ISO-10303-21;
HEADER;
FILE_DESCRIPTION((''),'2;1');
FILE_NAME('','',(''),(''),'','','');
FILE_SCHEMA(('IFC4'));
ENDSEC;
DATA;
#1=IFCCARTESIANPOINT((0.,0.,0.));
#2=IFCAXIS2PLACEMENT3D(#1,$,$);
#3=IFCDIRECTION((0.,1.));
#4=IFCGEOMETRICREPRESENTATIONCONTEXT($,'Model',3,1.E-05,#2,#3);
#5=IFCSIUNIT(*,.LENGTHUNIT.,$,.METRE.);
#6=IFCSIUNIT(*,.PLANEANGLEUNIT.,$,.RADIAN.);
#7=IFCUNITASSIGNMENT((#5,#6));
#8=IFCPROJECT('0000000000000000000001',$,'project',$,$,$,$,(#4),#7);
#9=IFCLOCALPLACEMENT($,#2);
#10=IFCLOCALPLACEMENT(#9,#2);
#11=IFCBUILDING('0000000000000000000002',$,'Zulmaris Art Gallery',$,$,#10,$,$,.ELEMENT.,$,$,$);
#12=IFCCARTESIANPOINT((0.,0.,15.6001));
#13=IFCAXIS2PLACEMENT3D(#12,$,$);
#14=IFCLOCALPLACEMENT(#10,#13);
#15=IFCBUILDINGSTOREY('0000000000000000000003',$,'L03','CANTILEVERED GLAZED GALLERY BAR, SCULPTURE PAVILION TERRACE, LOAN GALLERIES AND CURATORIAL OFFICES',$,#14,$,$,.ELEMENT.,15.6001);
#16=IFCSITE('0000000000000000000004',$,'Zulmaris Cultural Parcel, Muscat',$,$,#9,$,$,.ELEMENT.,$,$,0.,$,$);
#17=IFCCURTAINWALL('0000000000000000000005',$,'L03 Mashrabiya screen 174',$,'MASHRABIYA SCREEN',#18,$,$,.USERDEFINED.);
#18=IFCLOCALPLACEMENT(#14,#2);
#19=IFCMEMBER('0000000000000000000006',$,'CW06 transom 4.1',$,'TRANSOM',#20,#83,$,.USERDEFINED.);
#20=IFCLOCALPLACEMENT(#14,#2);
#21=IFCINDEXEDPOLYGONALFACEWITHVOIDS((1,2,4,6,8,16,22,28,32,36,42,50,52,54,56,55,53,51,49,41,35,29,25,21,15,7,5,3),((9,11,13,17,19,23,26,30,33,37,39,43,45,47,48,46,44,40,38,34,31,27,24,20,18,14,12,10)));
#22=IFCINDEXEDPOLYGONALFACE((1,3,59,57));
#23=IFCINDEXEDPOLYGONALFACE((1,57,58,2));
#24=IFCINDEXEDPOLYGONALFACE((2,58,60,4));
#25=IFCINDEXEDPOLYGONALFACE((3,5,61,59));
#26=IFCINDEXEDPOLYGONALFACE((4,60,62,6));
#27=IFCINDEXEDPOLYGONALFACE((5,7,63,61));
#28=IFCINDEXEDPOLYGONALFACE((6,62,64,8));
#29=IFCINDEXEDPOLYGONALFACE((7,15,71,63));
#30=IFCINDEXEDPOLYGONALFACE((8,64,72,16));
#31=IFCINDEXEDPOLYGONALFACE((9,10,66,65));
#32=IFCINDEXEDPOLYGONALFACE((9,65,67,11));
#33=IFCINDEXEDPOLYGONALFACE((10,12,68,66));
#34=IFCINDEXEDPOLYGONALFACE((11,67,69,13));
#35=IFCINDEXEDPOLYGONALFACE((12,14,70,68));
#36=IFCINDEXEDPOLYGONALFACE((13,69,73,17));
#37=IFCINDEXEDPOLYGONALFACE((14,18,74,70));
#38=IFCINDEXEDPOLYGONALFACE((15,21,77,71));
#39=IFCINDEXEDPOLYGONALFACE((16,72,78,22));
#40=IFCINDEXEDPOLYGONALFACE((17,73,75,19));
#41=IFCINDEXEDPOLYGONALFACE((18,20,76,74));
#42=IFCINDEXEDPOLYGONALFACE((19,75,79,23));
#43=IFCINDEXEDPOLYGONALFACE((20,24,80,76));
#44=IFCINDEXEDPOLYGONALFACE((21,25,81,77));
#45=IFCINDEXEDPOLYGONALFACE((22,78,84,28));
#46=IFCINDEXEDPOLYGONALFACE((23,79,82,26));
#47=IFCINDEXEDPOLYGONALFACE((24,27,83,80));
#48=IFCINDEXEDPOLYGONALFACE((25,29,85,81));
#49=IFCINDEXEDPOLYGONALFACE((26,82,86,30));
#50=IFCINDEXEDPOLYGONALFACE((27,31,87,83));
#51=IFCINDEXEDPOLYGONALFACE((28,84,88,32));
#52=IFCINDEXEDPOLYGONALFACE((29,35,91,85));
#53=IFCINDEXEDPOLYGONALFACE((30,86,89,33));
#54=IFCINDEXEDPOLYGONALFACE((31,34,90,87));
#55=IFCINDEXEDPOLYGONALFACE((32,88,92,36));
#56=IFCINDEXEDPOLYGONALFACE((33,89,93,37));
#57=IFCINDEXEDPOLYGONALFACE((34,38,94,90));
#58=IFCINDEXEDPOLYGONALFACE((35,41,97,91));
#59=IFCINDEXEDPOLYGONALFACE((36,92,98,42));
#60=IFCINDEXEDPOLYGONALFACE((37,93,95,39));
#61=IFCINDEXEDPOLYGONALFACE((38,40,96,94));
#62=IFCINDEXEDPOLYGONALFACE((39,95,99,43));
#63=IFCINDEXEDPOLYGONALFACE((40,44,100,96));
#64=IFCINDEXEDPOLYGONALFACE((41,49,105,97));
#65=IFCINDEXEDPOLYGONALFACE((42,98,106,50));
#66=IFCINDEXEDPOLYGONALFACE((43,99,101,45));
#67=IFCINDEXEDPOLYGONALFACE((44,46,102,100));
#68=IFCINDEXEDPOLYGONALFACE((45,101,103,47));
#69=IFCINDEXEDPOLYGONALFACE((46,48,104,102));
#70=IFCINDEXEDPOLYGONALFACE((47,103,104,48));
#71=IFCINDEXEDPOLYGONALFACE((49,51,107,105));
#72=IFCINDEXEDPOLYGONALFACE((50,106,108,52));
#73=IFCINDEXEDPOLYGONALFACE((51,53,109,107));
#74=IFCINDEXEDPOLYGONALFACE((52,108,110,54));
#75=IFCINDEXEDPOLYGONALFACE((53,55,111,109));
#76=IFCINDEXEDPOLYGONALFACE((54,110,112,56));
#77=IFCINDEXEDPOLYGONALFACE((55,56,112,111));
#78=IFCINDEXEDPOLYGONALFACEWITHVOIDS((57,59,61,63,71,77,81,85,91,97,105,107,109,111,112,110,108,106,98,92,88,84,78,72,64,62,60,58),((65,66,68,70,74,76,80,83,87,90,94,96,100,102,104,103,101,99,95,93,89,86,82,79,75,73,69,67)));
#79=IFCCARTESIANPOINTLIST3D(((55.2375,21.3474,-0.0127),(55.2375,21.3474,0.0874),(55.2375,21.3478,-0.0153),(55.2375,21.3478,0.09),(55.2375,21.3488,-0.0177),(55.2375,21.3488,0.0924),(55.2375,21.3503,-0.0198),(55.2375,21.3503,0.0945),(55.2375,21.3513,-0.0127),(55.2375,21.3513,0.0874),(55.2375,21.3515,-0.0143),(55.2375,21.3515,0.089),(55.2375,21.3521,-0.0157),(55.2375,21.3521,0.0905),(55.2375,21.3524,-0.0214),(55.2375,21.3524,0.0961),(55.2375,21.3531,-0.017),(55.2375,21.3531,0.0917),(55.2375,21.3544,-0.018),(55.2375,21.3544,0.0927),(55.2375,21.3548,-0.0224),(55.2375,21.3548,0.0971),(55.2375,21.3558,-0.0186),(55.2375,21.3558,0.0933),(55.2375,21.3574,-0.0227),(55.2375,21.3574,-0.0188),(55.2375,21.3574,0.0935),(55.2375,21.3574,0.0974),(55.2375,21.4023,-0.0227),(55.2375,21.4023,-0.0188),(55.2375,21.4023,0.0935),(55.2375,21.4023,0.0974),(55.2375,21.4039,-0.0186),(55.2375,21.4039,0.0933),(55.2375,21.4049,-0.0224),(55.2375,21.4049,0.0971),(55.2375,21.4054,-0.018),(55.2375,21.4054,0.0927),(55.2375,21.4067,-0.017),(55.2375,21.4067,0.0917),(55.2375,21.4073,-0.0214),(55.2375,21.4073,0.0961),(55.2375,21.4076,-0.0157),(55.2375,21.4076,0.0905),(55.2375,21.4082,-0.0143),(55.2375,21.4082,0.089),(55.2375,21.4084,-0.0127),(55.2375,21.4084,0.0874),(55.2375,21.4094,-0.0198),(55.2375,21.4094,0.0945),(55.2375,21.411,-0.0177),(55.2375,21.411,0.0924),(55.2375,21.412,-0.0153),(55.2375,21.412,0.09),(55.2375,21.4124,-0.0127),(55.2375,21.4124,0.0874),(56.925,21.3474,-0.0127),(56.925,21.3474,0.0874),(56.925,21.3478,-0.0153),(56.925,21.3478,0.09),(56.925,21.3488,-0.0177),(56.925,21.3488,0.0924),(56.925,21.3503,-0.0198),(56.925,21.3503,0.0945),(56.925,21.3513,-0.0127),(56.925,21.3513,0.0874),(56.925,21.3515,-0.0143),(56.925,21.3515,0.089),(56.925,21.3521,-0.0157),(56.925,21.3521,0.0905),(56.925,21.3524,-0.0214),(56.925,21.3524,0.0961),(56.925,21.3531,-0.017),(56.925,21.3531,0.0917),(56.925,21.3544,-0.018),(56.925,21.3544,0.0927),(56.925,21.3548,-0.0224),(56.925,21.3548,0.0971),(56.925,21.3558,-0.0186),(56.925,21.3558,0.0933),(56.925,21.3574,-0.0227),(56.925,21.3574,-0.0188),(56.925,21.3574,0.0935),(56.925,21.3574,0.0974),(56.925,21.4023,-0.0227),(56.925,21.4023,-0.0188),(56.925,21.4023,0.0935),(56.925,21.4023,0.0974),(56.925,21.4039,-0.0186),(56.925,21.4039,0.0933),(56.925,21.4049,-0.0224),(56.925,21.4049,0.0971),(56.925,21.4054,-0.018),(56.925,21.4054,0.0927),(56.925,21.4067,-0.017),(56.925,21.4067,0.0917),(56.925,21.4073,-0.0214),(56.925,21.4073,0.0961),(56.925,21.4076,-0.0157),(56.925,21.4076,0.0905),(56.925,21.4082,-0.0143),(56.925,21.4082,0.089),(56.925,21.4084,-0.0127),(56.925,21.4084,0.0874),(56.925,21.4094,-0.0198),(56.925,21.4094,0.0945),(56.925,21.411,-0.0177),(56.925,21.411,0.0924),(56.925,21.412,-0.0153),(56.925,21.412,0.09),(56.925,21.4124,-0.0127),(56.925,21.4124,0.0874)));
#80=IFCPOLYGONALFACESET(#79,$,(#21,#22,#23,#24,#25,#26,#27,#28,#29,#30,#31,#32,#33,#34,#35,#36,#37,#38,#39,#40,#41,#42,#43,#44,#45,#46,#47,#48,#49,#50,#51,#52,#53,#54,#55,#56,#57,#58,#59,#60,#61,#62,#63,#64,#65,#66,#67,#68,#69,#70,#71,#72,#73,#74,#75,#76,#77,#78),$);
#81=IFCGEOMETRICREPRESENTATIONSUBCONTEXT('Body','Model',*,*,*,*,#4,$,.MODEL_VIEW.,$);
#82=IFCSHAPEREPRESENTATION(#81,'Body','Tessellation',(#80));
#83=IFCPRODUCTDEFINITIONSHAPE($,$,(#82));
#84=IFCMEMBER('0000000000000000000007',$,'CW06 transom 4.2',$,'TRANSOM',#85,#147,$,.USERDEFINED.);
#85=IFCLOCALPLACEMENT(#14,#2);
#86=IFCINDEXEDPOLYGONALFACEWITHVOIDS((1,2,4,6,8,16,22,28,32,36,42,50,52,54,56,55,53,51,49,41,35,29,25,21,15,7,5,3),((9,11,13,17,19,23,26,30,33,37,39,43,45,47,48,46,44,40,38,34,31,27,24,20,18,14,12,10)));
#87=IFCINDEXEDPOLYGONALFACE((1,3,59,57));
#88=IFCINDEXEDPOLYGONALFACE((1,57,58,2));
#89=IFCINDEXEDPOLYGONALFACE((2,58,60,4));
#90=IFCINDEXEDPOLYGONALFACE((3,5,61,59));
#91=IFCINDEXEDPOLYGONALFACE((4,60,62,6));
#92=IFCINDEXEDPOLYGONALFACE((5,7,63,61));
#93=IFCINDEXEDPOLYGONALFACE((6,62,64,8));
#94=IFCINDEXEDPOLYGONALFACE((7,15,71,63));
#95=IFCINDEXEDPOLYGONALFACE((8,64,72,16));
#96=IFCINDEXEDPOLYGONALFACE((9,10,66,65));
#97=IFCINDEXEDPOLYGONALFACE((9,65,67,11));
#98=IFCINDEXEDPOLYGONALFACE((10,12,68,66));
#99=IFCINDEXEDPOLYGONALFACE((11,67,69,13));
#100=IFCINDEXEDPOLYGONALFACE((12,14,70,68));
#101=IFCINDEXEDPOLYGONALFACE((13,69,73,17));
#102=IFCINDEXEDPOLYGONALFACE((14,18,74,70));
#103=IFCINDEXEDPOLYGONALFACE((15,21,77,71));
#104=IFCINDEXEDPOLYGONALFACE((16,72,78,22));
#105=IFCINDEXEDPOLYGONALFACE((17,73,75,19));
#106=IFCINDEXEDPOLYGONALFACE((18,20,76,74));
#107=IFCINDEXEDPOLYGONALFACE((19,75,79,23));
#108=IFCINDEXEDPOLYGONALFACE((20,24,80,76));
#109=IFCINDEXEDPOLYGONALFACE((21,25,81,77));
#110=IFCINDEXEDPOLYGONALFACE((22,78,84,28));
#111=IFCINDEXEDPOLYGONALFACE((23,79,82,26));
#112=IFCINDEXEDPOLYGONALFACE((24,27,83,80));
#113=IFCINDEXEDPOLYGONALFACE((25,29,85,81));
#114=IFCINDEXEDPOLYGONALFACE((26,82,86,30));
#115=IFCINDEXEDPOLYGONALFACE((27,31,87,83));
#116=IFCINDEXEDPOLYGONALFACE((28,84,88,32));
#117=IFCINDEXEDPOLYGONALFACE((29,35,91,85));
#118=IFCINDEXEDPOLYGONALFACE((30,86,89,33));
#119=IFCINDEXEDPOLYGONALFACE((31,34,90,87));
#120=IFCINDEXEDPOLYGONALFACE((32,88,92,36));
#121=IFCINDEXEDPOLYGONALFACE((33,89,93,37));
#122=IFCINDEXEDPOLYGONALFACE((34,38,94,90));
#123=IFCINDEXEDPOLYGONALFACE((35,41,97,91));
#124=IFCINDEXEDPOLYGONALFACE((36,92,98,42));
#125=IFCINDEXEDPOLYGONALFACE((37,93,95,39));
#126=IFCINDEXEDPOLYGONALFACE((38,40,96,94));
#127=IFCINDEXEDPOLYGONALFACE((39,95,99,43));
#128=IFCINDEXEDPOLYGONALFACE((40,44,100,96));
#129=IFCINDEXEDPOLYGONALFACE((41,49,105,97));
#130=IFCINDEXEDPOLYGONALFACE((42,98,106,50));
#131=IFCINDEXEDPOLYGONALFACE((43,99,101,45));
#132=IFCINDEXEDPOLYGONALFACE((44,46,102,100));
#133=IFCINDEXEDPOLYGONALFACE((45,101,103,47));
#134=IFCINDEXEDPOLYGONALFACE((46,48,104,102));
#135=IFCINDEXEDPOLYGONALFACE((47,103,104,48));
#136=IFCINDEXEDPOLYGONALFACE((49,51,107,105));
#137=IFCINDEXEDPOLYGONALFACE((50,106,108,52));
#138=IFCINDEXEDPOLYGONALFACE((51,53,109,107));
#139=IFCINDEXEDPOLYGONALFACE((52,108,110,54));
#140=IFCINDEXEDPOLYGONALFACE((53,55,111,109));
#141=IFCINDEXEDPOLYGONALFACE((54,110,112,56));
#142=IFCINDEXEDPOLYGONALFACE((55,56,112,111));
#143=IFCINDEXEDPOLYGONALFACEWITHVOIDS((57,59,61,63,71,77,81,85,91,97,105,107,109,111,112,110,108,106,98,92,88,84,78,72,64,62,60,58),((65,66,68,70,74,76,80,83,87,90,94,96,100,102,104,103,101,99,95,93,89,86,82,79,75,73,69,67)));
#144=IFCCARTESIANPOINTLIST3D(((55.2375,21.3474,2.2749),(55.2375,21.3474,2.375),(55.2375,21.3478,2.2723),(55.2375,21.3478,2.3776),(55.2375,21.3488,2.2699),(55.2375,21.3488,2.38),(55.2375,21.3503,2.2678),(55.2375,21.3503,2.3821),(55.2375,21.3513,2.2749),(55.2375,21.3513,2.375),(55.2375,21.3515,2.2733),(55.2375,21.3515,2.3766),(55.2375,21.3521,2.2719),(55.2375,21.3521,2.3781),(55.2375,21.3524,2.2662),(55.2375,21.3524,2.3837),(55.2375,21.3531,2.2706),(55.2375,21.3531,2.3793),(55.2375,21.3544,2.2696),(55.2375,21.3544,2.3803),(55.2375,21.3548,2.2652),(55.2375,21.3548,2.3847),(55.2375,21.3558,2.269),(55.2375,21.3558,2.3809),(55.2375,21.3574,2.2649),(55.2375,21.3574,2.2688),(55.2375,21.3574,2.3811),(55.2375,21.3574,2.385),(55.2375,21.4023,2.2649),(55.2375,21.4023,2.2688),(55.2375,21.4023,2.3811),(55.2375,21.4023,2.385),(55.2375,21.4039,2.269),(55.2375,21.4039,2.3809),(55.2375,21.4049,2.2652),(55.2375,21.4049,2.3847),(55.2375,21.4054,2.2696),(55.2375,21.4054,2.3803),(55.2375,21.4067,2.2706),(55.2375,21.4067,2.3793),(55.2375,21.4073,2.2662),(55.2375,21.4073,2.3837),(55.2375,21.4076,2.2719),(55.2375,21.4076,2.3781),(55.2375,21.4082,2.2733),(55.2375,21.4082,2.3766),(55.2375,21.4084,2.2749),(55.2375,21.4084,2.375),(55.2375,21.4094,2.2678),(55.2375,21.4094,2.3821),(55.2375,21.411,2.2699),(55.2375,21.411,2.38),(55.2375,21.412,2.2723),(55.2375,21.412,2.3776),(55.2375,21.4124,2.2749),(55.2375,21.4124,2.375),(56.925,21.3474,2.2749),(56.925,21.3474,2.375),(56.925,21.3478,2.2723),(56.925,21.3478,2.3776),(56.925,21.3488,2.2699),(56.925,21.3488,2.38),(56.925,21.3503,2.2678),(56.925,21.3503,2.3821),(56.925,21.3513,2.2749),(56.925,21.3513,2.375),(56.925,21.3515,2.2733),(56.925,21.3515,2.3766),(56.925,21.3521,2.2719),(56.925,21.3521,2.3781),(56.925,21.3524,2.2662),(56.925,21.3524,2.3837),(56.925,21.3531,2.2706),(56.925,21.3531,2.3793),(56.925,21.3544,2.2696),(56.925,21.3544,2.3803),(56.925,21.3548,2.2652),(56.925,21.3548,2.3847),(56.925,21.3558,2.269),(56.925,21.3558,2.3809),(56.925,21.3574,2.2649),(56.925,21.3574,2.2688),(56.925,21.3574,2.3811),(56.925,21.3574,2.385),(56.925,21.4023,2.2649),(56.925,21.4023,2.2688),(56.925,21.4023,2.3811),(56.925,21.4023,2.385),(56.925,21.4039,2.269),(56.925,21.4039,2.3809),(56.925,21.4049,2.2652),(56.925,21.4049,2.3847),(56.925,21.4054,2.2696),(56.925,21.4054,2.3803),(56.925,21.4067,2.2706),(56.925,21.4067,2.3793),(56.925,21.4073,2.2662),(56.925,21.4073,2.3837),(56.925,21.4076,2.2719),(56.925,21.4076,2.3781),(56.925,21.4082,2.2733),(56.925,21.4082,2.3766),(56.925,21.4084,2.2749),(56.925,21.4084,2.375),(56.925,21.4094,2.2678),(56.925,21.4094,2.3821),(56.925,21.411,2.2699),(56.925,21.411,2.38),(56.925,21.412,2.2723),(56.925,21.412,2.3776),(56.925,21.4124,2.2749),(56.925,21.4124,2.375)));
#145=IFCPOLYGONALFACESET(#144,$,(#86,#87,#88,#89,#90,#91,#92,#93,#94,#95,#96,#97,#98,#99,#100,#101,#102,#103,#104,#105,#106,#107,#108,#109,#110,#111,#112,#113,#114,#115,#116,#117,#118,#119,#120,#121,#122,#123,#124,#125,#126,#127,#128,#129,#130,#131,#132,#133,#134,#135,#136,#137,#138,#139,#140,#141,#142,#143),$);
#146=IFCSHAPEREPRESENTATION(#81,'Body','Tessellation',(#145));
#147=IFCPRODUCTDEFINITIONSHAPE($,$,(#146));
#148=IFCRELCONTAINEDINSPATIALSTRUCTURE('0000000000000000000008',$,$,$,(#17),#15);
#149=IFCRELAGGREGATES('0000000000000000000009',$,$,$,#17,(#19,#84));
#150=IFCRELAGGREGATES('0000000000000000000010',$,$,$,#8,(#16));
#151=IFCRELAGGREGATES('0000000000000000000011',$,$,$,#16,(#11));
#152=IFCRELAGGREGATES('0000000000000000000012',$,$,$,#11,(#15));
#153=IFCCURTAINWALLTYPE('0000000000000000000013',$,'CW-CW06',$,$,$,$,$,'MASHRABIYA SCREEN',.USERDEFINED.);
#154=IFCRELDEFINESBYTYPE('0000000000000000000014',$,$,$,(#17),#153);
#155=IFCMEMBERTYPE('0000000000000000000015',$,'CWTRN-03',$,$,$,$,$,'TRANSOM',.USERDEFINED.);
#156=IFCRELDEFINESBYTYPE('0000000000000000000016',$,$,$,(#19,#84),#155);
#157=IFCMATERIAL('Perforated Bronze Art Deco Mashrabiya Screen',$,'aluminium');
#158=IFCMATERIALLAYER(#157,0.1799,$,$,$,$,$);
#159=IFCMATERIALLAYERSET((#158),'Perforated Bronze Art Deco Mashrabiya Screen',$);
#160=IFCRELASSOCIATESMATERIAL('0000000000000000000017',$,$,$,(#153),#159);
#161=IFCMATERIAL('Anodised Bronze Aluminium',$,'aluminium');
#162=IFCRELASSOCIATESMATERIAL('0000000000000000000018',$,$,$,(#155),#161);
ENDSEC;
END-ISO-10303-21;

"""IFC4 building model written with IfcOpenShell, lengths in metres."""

from ifc_helpers import new_model, si_unit, direction, frame, origin, origin_2d, place, context, subcontext, project, spatial, hollow_rectangle, extrude, material, layer, layer_set, material_profile, profile_set, type_object, element, aggregate, save


model = new_model("IFC4")

# Units and contexts
model_context = context("Model", 3, precision=1e-05, world=origin(), true_north=direction((0.0, 1.0)))
body_context = subcontext(model_context, "Body", "Model", "MODEL_VIEW")
ifc_project = project(units=[si_unit("LENGTHUNIT", "METRE"), si_unit("PLANEANGLEUNIT", "RADIAN")], contexts=[model_context])

# Site, building, storey
site_placement = place(None, origin())
site = spatial("IfcSite", under=ifc_project, at=site_placement, Name="Zulmaris Cultural Parcel, Muscat", CompositionType="ELEMENT", RefElevation=0.0)
building_placement = place(site_placement, origin())
building = spatial("IfcBuilding", under=site, at=building_placement, Name="Zulmaris Art Gallery", CompositionType="ELEMENT")
storey_placement = place(building_placement, frame((0.0, 0.0, 15.6001)))
storey = spatial("IfcBuildingStorey", under=building, at=storey_placement, Name="L03", Description="CANTILEVERED GLAZED GALLERY BAR, SCULPTURE PAVILION TERRACE, LOAN GALLERIES AND CURATORIAL OFFICES", CompositionType="ELEMENT", Elevation=15.6001)

# Shared definitions
ifc_material_1 = material(Name="Anodised Bronze Aluminium", Category="aluminium")

# Curtain wall
ifc_material_2 = material(Name="Perforated Bronze Art Deco Mashrabiya Screen", Category="aluminium")
ifc_layer_1 = layer(ifc_material_2, 0.1799)
ifc_layer_set_1 = layer_set([ifc_layer_1], Name="Perforated Bronze Art Deco Mashrabiya Screen")
curtain_wall_type_1 = type_object("IfcCurtainWallType", Name="CW-CW06", ElementType="MASHRABIYA SCREEN", PredefinedType="USERDEFINED", material=ifc_layer_set_1)
curtain_wall_1_placement = place(storey_placement, origin())
curtain_wall_1 = element("IfcCurtainWall", 1, at=curtain_wall_1_placement, inside=storey, type_object=curtain_wall_type_1, Name="L03 Mashrabiya screen 174", ObjectType="MASHRABIYA SCREEN", PredefinedType="USERDEFINED")

# Members
ifc_material_profile_1 = material_profile(ifc_material_1, hollow_rectangle(XDim=0.0649, YDim=0.1201, WallThickness=0.0039, InnerFilletRadius=0.0061, OuterFilletRadius=0.01, at=origin_2d()), Name="ALU 65x120x4")
ifc_profile_set_1 = profile_set([ifc_material_profile_1], Name="Anodised Bronze Aluminium")
member_type_1 = type_object("IfcMemberType", Name="CWTRN-03", ElementType="TRANSOM", PredefinedType="USERDEFINED", material=ifc_profile_set_1)
member_1_placement = place(storey_placement, frame((55.2375, 21.3799, 0.0374), z_axis=(1.0, 0.0, 0.0), x_axis=(0.0, 1.0, 0.0)))
member_1 = element("IfcMember", 2, at=member_1_placement, type_object=member_type_1, Name="CW06 transom 4.1", ObjectType="TRANSOM", PredefinedType="USERDEFINED", context=body_context, shape_type="SweptSolid", body=[
    extrude(hollow_rectangle(XDim=0.0649, YDim=0.1201, WallThickness=0.0039, InnerFilletRadius=0.0061, OuterFilletRadius=0.01, at=origin_2d()), origin(), (0.0, 0.0, 1.0), 1.6875),
])
member_2_placement = place(storey_placement, frame((55.2375, 21.3799, 2.325), z_axis=(1.0, 0.0, 0.0), x_axis=(0.0, 1.0, 0.0)))
member_2 = element("IfcMember", 3, at=member_2_placement, type_object=member_type_1, Name="CW06 transom 4.2", ObjectType="TRANSOM", PredefinedType="USERDEFINED", context=body_context, shape_type="SweptSolid", body=[
    extrude(hollow_rectangle(XDim=0.0649, YDim=0.1201, WallThickness=0.0039, InnerFilletRadius=0.0061, OuterFilletRadius=0.01, at=origin_2d()), origin(), (0.0, 0.0, 1.0), 1.6875),
])

aggregate(curtain_wall_1, [member_1, member_2])

save(model, "model.ifc")
